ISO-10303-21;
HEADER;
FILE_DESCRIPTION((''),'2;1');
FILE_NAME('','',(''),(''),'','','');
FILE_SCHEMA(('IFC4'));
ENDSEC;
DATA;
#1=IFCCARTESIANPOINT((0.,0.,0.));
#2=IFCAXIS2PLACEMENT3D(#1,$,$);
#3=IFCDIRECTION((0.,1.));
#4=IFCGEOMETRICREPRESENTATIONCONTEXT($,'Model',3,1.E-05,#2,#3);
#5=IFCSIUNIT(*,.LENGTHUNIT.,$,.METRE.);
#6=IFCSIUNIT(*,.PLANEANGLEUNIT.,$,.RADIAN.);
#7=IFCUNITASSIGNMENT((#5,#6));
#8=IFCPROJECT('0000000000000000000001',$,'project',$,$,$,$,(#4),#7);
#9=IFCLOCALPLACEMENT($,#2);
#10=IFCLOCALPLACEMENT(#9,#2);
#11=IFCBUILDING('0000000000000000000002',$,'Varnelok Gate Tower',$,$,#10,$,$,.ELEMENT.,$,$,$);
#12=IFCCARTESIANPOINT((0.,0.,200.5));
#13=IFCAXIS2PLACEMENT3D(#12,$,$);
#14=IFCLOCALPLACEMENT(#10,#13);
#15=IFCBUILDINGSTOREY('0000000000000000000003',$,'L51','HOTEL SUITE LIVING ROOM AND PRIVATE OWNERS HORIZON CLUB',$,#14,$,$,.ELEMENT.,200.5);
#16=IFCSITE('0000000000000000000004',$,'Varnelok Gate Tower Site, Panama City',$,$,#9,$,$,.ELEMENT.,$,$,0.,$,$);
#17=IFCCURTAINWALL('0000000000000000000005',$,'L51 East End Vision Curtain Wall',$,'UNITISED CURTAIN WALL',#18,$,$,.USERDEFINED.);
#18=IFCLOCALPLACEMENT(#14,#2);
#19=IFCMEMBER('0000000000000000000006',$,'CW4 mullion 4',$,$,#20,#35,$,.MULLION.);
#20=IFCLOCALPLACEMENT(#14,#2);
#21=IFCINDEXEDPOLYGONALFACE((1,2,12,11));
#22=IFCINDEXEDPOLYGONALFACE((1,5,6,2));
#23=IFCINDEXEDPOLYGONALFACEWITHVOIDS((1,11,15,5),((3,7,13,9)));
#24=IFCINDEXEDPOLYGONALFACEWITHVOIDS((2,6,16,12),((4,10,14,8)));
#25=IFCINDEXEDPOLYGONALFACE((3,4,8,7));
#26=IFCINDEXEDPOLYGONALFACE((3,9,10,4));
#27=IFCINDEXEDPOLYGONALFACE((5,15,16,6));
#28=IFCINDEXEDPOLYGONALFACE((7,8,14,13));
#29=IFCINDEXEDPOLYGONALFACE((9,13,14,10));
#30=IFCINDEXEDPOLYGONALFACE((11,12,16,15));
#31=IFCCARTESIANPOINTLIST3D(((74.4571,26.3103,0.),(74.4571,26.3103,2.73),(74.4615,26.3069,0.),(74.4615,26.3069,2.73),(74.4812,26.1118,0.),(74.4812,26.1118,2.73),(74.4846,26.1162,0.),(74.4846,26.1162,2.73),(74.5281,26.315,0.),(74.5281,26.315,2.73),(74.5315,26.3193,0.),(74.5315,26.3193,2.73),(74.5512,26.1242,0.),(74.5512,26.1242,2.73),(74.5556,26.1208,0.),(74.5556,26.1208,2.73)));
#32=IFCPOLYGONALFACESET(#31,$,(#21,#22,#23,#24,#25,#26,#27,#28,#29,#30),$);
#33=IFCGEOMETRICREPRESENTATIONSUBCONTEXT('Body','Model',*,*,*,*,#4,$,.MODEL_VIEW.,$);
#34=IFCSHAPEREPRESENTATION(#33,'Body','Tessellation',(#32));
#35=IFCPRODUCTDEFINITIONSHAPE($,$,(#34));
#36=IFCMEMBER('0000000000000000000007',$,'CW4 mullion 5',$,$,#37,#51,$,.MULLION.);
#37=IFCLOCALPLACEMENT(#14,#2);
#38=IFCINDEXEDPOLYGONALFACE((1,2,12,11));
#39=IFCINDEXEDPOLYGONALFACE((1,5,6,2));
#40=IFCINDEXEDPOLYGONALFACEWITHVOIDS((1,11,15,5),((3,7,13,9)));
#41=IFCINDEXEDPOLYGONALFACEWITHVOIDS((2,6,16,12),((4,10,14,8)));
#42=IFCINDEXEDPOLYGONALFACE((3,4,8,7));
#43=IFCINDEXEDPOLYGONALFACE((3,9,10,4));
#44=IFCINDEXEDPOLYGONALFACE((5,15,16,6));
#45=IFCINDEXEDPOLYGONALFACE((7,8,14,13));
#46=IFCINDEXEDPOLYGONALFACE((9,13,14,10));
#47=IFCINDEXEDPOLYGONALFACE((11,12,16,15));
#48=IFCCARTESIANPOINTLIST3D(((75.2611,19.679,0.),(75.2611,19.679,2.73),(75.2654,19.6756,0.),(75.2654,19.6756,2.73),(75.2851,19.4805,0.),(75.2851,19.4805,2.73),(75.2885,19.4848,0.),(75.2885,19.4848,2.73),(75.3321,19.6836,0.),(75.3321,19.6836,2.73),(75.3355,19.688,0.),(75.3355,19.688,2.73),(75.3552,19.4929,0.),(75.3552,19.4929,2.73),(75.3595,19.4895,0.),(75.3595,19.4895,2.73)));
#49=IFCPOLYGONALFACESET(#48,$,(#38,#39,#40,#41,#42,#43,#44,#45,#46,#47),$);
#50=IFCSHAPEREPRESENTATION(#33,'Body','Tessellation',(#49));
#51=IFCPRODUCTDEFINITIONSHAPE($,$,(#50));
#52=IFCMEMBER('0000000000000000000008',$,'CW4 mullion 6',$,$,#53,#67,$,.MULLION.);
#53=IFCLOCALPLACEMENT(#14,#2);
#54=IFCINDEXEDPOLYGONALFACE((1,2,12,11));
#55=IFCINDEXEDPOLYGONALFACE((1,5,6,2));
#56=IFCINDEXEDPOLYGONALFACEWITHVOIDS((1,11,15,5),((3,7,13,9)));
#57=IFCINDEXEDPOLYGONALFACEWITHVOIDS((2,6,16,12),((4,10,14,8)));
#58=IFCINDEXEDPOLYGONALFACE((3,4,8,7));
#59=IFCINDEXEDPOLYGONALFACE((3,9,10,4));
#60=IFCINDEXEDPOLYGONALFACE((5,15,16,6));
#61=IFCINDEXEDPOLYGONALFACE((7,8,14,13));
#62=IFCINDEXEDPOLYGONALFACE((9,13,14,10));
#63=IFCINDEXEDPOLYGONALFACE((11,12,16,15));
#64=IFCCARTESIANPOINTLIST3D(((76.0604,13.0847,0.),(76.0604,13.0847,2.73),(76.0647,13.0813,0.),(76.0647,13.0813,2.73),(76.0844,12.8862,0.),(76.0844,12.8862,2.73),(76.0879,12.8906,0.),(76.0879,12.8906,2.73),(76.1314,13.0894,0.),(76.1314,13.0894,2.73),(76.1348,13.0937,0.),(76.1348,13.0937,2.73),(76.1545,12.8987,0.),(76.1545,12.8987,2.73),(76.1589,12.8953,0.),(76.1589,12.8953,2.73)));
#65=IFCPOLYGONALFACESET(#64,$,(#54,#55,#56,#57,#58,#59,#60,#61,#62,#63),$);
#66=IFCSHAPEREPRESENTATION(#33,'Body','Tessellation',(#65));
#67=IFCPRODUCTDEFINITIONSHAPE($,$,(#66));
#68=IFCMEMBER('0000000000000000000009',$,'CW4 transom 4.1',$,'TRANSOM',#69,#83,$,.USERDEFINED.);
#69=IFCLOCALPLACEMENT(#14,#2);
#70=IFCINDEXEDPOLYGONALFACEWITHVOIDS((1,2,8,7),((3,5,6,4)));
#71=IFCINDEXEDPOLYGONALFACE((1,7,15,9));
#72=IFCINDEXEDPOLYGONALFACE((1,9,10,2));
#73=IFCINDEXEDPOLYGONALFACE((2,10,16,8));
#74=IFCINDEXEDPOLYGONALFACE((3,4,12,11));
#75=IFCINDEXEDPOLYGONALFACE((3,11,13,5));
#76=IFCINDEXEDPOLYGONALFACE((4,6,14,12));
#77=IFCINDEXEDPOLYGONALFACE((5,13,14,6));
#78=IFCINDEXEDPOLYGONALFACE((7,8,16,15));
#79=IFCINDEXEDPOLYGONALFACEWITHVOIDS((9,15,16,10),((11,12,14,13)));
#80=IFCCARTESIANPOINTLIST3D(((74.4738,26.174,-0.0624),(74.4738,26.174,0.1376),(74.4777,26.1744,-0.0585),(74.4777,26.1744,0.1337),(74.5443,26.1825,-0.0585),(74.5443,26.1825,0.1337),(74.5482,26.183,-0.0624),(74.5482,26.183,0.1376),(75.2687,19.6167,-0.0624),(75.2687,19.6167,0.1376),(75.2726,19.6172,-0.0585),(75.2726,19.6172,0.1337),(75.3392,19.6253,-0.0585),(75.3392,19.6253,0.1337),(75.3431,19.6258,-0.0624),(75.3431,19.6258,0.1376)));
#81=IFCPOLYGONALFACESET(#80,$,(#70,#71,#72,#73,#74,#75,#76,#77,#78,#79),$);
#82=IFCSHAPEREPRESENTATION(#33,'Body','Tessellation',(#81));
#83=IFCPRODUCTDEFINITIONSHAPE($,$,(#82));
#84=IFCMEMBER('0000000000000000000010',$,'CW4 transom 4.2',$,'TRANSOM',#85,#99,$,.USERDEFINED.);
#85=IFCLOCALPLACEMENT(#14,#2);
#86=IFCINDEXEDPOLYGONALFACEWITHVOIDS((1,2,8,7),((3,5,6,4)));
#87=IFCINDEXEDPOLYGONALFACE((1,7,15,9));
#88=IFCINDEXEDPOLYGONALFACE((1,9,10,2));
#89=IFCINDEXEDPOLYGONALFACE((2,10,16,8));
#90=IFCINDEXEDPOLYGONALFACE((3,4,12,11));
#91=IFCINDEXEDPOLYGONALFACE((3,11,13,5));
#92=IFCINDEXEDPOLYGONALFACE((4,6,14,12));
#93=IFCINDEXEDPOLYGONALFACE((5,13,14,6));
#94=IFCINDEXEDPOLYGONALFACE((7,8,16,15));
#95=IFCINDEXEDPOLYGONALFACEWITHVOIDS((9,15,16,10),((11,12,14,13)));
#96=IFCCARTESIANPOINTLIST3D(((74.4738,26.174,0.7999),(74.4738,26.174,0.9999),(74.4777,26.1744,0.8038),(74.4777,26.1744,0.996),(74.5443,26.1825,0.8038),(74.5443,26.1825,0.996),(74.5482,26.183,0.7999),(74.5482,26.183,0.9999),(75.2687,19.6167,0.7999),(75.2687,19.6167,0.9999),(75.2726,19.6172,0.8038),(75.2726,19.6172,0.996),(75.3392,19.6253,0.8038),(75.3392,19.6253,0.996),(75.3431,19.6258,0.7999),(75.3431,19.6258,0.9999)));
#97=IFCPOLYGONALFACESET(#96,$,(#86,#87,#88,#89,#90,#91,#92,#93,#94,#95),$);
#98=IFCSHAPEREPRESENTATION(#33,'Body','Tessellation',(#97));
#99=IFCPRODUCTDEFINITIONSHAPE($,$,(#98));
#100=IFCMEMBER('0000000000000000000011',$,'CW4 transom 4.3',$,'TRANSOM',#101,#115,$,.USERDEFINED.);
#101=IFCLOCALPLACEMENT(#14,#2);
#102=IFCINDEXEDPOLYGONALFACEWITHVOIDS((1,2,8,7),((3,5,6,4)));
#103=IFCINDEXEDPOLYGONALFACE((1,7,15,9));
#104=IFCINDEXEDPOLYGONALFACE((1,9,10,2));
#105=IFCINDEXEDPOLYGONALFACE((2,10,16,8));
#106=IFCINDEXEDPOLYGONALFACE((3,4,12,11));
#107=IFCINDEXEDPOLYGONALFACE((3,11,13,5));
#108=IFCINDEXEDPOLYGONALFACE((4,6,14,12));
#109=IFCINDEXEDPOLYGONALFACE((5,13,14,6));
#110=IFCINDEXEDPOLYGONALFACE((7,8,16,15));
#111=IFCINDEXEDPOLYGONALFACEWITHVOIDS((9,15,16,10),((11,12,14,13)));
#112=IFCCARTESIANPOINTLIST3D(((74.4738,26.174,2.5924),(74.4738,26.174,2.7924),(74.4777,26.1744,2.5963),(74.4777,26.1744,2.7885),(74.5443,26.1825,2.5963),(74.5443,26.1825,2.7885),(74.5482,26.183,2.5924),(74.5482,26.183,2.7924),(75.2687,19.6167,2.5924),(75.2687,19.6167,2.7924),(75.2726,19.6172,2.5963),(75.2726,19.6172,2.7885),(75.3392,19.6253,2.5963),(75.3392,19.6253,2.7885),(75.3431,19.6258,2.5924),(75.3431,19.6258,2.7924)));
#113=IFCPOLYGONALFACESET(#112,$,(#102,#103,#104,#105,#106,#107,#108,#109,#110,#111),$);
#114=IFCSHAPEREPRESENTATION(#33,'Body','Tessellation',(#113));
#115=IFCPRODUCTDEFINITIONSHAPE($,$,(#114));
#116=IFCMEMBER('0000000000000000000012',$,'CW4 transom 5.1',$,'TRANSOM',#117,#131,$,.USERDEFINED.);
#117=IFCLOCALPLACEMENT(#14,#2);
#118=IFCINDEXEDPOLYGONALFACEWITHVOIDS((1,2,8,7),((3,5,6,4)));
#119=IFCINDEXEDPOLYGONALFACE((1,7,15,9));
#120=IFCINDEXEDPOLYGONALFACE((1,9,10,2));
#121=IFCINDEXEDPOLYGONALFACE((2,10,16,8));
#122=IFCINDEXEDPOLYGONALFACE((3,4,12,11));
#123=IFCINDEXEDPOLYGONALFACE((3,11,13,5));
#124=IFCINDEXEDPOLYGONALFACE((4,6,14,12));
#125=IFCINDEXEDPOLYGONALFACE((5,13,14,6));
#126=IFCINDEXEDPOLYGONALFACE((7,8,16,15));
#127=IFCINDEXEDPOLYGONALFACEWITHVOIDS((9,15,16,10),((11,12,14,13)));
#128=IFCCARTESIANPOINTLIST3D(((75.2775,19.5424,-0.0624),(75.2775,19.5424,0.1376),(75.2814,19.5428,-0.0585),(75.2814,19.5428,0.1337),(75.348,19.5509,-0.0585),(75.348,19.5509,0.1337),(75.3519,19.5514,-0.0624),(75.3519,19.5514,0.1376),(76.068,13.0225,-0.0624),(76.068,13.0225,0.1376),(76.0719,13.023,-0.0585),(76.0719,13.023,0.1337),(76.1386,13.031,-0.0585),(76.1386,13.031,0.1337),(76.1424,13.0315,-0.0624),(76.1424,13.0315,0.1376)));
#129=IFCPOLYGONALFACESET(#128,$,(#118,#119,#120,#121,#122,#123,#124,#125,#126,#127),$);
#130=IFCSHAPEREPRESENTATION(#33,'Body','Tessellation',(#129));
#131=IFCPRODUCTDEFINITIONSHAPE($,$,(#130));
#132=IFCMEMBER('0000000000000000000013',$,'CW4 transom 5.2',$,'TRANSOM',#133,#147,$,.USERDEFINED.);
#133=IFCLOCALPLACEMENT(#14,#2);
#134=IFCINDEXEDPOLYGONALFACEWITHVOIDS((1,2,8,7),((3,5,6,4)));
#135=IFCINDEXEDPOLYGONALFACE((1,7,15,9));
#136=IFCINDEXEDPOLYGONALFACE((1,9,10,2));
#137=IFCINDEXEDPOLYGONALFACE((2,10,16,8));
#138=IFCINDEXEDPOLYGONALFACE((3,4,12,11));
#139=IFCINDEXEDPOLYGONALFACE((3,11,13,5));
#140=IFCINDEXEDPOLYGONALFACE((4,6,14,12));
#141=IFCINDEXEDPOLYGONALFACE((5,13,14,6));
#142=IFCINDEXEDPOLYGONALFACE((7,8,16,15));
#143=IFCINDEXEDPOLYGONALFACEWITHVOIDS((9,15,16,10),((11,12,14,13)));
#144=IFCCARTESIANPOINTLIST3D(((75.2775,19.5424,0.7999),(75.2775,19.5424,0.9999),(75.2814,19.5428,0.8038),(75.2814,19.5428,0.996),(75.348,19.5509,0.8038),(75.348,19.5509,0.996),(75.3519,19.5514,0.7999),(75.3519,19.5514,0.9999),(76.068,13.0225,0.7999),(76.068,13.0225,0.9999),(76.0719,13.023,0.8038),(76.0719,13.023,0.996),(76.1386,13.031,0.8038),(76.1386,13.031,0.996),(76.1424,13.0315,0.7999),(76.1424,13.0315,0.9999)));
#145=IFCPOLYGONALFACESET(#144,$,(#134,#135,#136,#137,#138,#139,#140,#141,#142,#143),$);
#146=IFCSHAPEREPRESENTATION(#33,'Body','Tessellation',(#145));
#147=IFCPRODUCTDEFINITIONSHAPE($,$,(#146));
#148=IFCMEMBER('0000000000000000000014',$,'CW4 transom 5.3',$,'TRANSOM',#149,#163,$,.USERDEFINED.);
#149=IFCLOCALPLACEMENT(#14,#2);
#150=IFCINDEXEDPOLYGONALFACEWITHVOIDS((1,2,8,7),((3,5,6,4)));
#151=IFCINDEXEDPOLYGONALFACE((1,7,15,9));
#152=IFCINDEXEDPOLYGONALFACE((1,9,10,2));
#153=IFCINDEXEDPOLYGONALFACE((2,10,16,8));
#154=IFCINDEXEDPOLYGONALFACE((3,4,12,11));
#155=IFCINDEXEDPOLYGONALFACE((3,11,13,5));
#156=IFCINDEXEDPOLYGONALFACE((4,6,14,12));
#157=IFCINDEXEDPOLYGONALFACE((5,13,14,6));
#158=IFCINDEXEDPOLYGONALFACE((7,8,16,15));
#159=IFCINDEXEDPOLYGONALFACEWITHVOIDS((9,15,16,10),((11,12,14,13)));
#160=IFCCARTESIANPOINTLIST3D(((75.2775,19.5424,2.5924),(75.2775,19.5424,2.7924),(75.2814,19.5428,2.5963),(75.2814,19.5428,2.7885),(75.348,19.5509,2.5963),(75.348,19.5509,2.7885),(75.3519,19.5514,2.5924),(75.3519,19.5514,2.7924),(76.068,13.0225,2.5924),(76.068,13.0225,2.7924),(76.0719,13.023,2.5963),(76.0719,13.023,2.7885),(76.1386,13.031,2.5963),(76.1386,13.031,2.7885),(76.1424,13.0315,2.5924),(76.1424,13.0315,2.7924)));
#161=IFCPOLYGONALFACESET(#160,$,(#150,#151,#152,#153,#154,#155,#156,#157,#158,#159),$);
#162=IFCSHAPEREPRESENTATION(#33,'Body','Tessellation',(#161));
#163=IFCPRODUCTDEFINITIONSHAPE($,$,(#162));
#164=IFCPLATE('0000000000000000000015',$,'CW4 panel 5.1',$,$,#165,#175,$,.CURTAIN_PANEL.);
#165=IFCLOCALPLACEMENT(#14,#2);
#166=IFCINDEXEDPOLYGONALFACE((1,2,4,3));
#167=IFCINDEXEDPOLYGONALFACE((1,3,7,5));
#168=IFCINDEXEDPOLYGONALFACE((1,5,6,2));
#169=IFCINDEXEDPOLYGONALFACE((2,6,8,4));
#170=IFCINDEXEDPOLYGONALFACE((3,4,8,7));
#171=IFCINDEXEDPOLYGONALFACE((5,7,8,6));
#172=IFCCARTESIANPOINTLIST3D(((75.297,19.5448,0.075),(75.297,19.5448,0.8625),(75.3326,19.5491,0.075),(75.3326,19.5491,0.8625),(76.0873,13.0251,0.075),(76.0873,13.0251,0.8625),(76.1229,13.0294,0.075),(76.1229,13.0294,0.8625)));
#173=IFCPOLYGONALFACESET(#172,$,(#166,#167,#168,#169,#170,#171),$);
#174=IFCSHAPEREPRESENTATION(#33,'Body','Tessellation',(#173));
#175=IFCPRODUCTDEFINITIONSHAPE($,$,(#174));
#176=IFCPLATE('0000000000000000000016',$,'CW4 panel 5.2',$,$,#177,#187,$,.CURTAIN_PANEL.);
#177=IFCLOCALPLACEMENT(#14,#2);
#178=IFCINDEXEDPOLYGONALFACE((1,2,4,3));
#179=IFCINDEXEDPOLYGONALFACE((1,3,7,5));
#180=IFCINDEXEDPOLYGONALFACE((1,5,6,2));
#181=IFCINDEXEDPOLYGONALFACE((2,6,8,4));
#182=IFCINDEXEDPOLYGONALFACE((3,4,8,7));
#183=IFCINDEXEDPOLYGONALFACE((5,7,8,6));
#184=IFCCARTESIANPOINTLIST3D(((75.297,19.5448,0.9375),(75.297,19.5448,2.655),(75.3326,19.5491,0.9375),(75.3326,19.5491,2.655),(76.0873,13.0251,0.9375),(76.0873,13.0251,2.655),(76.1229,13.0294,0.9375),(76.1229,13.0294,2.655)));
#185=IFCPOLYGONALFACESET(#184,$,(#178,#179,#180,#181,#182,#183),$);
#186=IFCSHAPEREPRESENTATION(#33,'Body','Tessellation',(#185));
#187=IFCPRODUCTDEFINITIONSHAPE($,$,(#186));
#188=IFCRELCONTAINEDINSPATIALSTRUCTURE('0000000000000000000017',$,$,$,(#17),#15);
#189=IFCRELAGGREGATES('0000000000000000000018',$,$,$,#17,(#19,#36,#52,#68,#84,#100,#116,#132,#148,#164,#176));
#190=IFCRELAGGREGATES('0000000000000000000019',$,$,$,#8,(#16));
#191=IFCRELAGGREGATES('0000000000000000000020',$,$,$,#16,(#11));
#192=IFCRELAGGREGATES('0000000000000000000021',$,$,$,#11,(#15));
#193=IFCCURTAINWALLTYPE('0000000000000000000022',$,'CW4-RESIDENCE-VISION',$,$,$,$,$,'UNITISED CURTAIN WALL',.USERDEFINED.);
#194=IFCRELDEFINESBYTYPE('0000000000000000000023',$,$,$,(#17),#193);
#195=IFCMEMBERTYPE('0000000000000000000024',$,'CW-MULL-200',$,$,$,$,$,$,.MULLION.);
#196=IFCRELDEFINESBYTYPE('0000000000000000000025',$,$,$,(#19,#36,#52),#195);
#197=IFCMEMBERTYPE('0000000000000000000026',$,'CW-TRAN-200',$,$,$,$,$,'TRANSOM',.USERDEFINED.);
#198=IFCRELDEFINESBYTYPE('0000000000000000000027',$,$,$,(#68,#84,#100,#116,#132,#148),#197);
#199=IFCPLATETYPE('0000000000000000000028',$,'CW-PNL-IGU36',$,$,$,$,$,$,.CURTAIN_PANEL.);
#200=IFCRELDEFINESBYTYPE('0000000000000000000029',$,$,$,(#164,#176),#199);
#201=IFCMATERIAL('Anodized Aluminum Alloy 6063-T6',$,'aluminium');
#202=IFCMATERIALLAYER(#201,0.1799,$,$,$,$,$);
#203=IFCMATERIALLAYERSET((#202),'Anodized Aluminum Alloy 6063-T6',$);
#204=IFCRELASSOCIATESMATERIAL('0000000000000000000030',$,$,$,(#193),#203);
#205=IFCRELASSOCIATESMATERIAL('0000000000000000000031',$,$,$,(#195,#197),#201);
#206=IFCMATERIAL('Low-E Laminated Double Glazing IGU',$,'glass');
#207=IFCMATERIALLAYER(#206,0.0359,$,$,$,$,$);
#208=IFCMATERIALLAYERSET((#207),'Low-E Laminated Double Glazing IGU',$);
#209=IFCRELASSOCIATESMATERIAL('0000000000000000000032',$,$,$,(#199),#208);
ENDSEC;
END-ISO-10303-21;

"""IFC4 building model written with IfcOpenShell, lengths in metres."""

from ifc_helpers import new_model, si_unit, direction, frame, origin, origin_2d, place, context, subcontext, project, spatial, rectangle, hollow_rectangle, extrude, source, transform, mapped, material, layer, layer_set, material_profile, profile_set, type_object, element, aggregate, save


model = new_model("IFC4")

# Units and contexts
model_context = context("Model", 3, precision=1e-05, world=origin(), true_north=direction((0.0, 1.0)))
body_context = subcontext(model_context, "Body", "Model", "MODEL_VIEW")
ifc_project = project(units=[si_unit("LENGTHUNIT", "METRE"), si_unit("PLANEANGLEUNIT", "RADIAN")], contexts=[model_context])

# Site, building, storey
site_placement = place(None, origin())
site = spatial("IfcSite", under=ifc_project, at=site_placement, Name="Varnelok Gate Tower Site, Panama City", CompositionType="ELEMENT", RefElevation=0.0)
building_placement = place(site_placement, origin())
building = spatial("IfcBuilding", under=site, at=building_placement, Name="Varnelok Gate Tower", CompositionType="ELEMENT")
storey_placement = place(building_placement, frame((0.0, 0.0, 200.5)))
storey = spatial("IfcBuildingStorey", under=building, at=storey_placement, Name="L51", Description="HOTEL SUITE LIVING ROOM AND PRIVATE OWNERS HORIZON CLUB", CompositionType="ELEMENT", Elevation=200.5)

# Curtain wall, members, plates
ifc_material_1 = material(Name="Anodized Aluminum Alloy 6063-T6", Category="aluminium")
ifc_layer_1 = layer(ifc_material_1, 0.1799)
ifc_layer_set_1 = layer_set([ifc_layer_1], Name="Anodized Aluminum Alloy 6063-T6")
curtain_wall_type = type_object("IfcCurtainWallType", Name="CW4-RESIDENCE-VISION", ElementType="UNITISED CURTAIN WALL", PredefinedType="USERDEFINED", material=ifc_layer_set_1)
curtain_wall_placement = place(storey_placement, origin())
curtain_wall = element("IfcCurtainWall", 1, at=curtain_wall_placement, inside=storey, type_object=curtain_wall_type, Name="L51 East End Vision Curtain Wall", ObjectType="UNITISED CURTAIN WALL", PredefinedType="USERDEFINED")
ifc_material_profile_1 = material_profile(ifc_material_1, hollow_rectangle(XDim=0.075, YDim=0.2, WallThickness=0.0039, at=origin_2d()), Name="ALU200X75X4")
ifc_profile_set_1 = profile_set([ifc_material_profile_1], Name="Anodized Aluminum Alloy 6063-T6")
member_type_1 = type_object("IfcMemberType", Name="CW-MULL-200", PredefinedType="MULLION", material=ifc_profile_set_1)
member_1_placement = place(storey_placement, frame((74.5063, 26.2156, 0.0), z_axis=(0.0, 0.0, 1.0), x_axis=(0.992732, 0.120345, 0.0)))
member_1 = element("IfcMember", 2, at=member_1_placement, type_object=member_type_1, Name="CW4 mullion 4", PredefinedType="MULLION", context=body_context, shape_type="SweptSolid", body=[
    extrude(hollow_rectangle(XDim=0.075, YDim=0.2, WallThickness=0.0039, at=origin_2d()), origin(), (0.0, 0.0, 1.0), 2.73),
])
member_2_placement = place(storey_placement, frame((75.3103, 19.5842, 0.0), z_axis=(0.0, 0.0, 1.0), x_axis=(0.992732, 0.120345, 0.0)))
member_2 = element("IfcMember", 3, at=member_2_placement, type_object=member_type_1, Name="CW4 mullion 5", PredefinedType="MULLION", context=body_context, shape_type="SweptSolid", body=[
    extrude(hollow_rectangle(XDim=0.075, YDim=0.2, WallThickness=0.0039, at=origin_2d()), origin(), (0.0, 0.0, 1.0), 2.73),
])
member_3_placement = place(storey_placement, frame((76.1096, 12.99, 0.0), z_axis=(0.0, 0.0, 1.0), x_axis=(0.992732, 0.120345, 0.0)))
member_3 = element("IfcMember", 4, at=member_3_placement, type_object=member_type_1, Name="CW4 mullion 6", PredefinedType="MULLION", context=body_context, shape_type="SweptSolid", body=[
    extrude(hollow_rectangle(XDim=0.075, YDim=0.2, WallThickness=0.0039, at=origin_2d()), origin(), (0.0, 0.0, 1.0), 2.73),
])
ifc_material_profile_2 = material_profile(ifc_material_1, hollow_rectangle(XDim=0.075, YDim=0.2, WallThickness=0.0039, at=origin_2d()), Name="ALU200X75X4")
ifc_profile_set_2 = profile_set([ifc_material_profile_2], Name="Anodized Aluminum Alloy 6063-T6")
member_type_2 = type_object("IfcMemberType", Name="CW-TRAN-200", ElementType="TRANSOM", PredefinedType="USERDEFINED", material=ifc_profile_set_2)
member_4_placement = place(storey_placement, frame((74.511, 26.1785, 0.0376), z_axis=(0.120349, -0.992732, 0.0), x_axis=(0.992732, 0.120349, 0.0)))
member_4 = element("IfcMember", 5, at=member_4_placement, type_object=member_type_2, Name="CW4 transom 4.1", ObjectType="TRANSOM", PredefinedType="USERDEFINED", context=body_context, shape_type="SweptSolid", body=[
    extrude(hollow_rectangle(XDim=0.075, YDim=0.2, WallThickness=0.0039, at=origin_2d()), origin(), (0.0, 0.0, 1.0), 6.6052),
])
member_5_placement = place(storey_placement, frame((74.511, 26.1785, 0.8999), z_axis=(0.120349, -0.992732, 0.0), x_axis=(0.992732, 0.120349, 0.0)))
member_5 = element("IfcMember", 6, at=member_5_placement, type_object=member_type_2, Name="CW4 transom 4.2", ObjectType="TRANSOM", PredefinedType="USERDEFINED", context=body_context, shape_type="SweptSolid", body=[
    extrude(hollow_rectangle(XDim=0.075, YDim=0.2, WallThickness=0.0039, at=origin_2d()), origin(), (0.0, 0.0, 1.0), 6.6052),
])
member_6_placement = place(storey_placement, frame((74.511, 26.1785, 2.6924), z_axis=(0.120349, -0.992732, 0.0), x_axis=(0.992732, 0.120349, 0.0)))
member_6 = element("IfcMember", 7, at=member_6_placement, type_object=member_type_2, Name="CW4 transom 4.3", ObjectType="TRANSOM", PredefinedType="USERDEFINED", context=body_context, shape_type="SweptSolid", body=[
    extrude(hollow_rectangle(XDim=0.075, YDim=0.2, WallThickness=0.0039, at=origin_2d()), origin(), (0.0, 0.0, 1.0), 6.6052),
])
member_7_placement = place(storey_placement, frame((75.3147, 19.5469, 0.0376), z_axis=(0.120369, -0.992729, 0.0), x_axis=(0.992729, 0.120369, 0.0)))
member_7 = element("IfcMember", 8, at=member_7_placement, type_object=member_type_2, Name="CW4 transom 5.1", ObjectType="TRANSOM", PredefinedType="USERDEFINED", context=body_context, shape_type="SweptSolid", body=[
    extrude(hollow_rectangle(XDim=0.075, YDim=0.2, WallThickness=0.0039, at=origin_2d()), origin(), (0.0, 0.0, 1.0), 6.5676),
])
member_8_placement = place(storey_placement, frame((75.3147, 19.5469, 0.8999), z_axis=(0.120369, -0.992729, 0.0), x_axis=(0.992729, 0.120369, 0.0)))
member_8 = element("IfcMember", 9, at=member_8_placement, type_object=member_type_2, Name="CW4 transom 5.2", ObjectType="TRANSOM", PredefinedType="USERDEFINED", context=body_context, shape_type="SweptSolid", body=[
    extrude(hollow_rectangle(XDim=0.075, YDim=0.2, WallThickness=0.0039, at=origin_2d()), origin(), (0.0, 0.0, 1.0), 6.5676),
])
member_9_placement = place(storey_placement, frame((75.3147, 19.5469, 2.6924), z_axis=(0.120369, -0.992729, 0.0), x_axis=(0.992729, 0.120369, 0.0)))
member_9 = element("IfcMember", 10, at=member_9_placement, type_object=member_type_2, Name="CW4 transom 5.3", ObjectType="TRANSOM", PredefinedType="USERDEFINED", context=body_context, shape_type="SweptSolid", body=[
    extrude(hollow_rectangle(XDim=0.075, YDim=0.2, WallThickness=0.0039, at=origin_2d()), origin(), (0.0, 0.0, 1.0), 6.5676),
])
ifc_material_2 = material(Name="Low-E Laminated Double Glazing IGU", Category="glass")
ifc_layer_2 = layer(ifc_material_2, 0.0359)
ifc_layer_set_2 = layer_set([ifc_layer_2], Name="Low-E Laminated Double Glazing IGU")
plate_type = type_object("IfcPlateType", Name="CW-PNL-IGU36", PredefinedType="CURTAIN_PANEL", material=ifc_layer_set_2)
shared_shape_1 = source(origin(), body_context, "Body", "SweptSolid", [
    extrude(rectangle(XDim=6.5674, YDim=0.0359, at=origin_2d()), origin(), (0.0, 0.0, 1.0), 0.7876),
])
plate_1_placement = place(storey_placement, frame((75.71, 16.2871, 0.075), z_axis=(0.0, 0.0, 1.0), x_axis=(0.120345, -0.992732, 0.0)))
plate_1 = element("IfcPlate", 11, at=plate_1_placement, type_object=plate_type, Name="CW4 panel 5.1", PredefinedType="CURTAIN_PANEL", context=body_context, shape_type="MappedRepresentation", body=[
    mapped(shared_shape_1, transform((0.0, 0.0, 0.0), scale=1.0)),
])
shared_shape_2 = source(origin(), body_context, "Body", "SweptSolid", [
    extrude(rectangle(XDim=6.5674, YDim=0.0359, at=origin_2d()), origin(), (0.0, 0.0, 1.0), 1.7175),
])
plate_2_placement = place(storey_placement, frame((75.71, 16.2871, 0.9375), z_axis=(0.0, 0.0, 1.0), x_axis=(0.120345, -0.992732, 0.0)))
plate_2 = element("IfcPlate", 12, at=plate_2_placement, type_object=plate_type, Name="CW4 panel 5.2", PredefinedType="CURTAIN_PANEL", context=body_context, shape_type="MappedRepresentation", body=[
    mapped(shared_shape_2, transform((0.0, 0.0, 0.0), scale=1.0)),
])
aggregate(curtain_wall, [member_1, member_2, member_3, member_4, member_5, member_6, member_7, member_8, member_9, plate_1, plate_2])

save(model, "model.ifc")
